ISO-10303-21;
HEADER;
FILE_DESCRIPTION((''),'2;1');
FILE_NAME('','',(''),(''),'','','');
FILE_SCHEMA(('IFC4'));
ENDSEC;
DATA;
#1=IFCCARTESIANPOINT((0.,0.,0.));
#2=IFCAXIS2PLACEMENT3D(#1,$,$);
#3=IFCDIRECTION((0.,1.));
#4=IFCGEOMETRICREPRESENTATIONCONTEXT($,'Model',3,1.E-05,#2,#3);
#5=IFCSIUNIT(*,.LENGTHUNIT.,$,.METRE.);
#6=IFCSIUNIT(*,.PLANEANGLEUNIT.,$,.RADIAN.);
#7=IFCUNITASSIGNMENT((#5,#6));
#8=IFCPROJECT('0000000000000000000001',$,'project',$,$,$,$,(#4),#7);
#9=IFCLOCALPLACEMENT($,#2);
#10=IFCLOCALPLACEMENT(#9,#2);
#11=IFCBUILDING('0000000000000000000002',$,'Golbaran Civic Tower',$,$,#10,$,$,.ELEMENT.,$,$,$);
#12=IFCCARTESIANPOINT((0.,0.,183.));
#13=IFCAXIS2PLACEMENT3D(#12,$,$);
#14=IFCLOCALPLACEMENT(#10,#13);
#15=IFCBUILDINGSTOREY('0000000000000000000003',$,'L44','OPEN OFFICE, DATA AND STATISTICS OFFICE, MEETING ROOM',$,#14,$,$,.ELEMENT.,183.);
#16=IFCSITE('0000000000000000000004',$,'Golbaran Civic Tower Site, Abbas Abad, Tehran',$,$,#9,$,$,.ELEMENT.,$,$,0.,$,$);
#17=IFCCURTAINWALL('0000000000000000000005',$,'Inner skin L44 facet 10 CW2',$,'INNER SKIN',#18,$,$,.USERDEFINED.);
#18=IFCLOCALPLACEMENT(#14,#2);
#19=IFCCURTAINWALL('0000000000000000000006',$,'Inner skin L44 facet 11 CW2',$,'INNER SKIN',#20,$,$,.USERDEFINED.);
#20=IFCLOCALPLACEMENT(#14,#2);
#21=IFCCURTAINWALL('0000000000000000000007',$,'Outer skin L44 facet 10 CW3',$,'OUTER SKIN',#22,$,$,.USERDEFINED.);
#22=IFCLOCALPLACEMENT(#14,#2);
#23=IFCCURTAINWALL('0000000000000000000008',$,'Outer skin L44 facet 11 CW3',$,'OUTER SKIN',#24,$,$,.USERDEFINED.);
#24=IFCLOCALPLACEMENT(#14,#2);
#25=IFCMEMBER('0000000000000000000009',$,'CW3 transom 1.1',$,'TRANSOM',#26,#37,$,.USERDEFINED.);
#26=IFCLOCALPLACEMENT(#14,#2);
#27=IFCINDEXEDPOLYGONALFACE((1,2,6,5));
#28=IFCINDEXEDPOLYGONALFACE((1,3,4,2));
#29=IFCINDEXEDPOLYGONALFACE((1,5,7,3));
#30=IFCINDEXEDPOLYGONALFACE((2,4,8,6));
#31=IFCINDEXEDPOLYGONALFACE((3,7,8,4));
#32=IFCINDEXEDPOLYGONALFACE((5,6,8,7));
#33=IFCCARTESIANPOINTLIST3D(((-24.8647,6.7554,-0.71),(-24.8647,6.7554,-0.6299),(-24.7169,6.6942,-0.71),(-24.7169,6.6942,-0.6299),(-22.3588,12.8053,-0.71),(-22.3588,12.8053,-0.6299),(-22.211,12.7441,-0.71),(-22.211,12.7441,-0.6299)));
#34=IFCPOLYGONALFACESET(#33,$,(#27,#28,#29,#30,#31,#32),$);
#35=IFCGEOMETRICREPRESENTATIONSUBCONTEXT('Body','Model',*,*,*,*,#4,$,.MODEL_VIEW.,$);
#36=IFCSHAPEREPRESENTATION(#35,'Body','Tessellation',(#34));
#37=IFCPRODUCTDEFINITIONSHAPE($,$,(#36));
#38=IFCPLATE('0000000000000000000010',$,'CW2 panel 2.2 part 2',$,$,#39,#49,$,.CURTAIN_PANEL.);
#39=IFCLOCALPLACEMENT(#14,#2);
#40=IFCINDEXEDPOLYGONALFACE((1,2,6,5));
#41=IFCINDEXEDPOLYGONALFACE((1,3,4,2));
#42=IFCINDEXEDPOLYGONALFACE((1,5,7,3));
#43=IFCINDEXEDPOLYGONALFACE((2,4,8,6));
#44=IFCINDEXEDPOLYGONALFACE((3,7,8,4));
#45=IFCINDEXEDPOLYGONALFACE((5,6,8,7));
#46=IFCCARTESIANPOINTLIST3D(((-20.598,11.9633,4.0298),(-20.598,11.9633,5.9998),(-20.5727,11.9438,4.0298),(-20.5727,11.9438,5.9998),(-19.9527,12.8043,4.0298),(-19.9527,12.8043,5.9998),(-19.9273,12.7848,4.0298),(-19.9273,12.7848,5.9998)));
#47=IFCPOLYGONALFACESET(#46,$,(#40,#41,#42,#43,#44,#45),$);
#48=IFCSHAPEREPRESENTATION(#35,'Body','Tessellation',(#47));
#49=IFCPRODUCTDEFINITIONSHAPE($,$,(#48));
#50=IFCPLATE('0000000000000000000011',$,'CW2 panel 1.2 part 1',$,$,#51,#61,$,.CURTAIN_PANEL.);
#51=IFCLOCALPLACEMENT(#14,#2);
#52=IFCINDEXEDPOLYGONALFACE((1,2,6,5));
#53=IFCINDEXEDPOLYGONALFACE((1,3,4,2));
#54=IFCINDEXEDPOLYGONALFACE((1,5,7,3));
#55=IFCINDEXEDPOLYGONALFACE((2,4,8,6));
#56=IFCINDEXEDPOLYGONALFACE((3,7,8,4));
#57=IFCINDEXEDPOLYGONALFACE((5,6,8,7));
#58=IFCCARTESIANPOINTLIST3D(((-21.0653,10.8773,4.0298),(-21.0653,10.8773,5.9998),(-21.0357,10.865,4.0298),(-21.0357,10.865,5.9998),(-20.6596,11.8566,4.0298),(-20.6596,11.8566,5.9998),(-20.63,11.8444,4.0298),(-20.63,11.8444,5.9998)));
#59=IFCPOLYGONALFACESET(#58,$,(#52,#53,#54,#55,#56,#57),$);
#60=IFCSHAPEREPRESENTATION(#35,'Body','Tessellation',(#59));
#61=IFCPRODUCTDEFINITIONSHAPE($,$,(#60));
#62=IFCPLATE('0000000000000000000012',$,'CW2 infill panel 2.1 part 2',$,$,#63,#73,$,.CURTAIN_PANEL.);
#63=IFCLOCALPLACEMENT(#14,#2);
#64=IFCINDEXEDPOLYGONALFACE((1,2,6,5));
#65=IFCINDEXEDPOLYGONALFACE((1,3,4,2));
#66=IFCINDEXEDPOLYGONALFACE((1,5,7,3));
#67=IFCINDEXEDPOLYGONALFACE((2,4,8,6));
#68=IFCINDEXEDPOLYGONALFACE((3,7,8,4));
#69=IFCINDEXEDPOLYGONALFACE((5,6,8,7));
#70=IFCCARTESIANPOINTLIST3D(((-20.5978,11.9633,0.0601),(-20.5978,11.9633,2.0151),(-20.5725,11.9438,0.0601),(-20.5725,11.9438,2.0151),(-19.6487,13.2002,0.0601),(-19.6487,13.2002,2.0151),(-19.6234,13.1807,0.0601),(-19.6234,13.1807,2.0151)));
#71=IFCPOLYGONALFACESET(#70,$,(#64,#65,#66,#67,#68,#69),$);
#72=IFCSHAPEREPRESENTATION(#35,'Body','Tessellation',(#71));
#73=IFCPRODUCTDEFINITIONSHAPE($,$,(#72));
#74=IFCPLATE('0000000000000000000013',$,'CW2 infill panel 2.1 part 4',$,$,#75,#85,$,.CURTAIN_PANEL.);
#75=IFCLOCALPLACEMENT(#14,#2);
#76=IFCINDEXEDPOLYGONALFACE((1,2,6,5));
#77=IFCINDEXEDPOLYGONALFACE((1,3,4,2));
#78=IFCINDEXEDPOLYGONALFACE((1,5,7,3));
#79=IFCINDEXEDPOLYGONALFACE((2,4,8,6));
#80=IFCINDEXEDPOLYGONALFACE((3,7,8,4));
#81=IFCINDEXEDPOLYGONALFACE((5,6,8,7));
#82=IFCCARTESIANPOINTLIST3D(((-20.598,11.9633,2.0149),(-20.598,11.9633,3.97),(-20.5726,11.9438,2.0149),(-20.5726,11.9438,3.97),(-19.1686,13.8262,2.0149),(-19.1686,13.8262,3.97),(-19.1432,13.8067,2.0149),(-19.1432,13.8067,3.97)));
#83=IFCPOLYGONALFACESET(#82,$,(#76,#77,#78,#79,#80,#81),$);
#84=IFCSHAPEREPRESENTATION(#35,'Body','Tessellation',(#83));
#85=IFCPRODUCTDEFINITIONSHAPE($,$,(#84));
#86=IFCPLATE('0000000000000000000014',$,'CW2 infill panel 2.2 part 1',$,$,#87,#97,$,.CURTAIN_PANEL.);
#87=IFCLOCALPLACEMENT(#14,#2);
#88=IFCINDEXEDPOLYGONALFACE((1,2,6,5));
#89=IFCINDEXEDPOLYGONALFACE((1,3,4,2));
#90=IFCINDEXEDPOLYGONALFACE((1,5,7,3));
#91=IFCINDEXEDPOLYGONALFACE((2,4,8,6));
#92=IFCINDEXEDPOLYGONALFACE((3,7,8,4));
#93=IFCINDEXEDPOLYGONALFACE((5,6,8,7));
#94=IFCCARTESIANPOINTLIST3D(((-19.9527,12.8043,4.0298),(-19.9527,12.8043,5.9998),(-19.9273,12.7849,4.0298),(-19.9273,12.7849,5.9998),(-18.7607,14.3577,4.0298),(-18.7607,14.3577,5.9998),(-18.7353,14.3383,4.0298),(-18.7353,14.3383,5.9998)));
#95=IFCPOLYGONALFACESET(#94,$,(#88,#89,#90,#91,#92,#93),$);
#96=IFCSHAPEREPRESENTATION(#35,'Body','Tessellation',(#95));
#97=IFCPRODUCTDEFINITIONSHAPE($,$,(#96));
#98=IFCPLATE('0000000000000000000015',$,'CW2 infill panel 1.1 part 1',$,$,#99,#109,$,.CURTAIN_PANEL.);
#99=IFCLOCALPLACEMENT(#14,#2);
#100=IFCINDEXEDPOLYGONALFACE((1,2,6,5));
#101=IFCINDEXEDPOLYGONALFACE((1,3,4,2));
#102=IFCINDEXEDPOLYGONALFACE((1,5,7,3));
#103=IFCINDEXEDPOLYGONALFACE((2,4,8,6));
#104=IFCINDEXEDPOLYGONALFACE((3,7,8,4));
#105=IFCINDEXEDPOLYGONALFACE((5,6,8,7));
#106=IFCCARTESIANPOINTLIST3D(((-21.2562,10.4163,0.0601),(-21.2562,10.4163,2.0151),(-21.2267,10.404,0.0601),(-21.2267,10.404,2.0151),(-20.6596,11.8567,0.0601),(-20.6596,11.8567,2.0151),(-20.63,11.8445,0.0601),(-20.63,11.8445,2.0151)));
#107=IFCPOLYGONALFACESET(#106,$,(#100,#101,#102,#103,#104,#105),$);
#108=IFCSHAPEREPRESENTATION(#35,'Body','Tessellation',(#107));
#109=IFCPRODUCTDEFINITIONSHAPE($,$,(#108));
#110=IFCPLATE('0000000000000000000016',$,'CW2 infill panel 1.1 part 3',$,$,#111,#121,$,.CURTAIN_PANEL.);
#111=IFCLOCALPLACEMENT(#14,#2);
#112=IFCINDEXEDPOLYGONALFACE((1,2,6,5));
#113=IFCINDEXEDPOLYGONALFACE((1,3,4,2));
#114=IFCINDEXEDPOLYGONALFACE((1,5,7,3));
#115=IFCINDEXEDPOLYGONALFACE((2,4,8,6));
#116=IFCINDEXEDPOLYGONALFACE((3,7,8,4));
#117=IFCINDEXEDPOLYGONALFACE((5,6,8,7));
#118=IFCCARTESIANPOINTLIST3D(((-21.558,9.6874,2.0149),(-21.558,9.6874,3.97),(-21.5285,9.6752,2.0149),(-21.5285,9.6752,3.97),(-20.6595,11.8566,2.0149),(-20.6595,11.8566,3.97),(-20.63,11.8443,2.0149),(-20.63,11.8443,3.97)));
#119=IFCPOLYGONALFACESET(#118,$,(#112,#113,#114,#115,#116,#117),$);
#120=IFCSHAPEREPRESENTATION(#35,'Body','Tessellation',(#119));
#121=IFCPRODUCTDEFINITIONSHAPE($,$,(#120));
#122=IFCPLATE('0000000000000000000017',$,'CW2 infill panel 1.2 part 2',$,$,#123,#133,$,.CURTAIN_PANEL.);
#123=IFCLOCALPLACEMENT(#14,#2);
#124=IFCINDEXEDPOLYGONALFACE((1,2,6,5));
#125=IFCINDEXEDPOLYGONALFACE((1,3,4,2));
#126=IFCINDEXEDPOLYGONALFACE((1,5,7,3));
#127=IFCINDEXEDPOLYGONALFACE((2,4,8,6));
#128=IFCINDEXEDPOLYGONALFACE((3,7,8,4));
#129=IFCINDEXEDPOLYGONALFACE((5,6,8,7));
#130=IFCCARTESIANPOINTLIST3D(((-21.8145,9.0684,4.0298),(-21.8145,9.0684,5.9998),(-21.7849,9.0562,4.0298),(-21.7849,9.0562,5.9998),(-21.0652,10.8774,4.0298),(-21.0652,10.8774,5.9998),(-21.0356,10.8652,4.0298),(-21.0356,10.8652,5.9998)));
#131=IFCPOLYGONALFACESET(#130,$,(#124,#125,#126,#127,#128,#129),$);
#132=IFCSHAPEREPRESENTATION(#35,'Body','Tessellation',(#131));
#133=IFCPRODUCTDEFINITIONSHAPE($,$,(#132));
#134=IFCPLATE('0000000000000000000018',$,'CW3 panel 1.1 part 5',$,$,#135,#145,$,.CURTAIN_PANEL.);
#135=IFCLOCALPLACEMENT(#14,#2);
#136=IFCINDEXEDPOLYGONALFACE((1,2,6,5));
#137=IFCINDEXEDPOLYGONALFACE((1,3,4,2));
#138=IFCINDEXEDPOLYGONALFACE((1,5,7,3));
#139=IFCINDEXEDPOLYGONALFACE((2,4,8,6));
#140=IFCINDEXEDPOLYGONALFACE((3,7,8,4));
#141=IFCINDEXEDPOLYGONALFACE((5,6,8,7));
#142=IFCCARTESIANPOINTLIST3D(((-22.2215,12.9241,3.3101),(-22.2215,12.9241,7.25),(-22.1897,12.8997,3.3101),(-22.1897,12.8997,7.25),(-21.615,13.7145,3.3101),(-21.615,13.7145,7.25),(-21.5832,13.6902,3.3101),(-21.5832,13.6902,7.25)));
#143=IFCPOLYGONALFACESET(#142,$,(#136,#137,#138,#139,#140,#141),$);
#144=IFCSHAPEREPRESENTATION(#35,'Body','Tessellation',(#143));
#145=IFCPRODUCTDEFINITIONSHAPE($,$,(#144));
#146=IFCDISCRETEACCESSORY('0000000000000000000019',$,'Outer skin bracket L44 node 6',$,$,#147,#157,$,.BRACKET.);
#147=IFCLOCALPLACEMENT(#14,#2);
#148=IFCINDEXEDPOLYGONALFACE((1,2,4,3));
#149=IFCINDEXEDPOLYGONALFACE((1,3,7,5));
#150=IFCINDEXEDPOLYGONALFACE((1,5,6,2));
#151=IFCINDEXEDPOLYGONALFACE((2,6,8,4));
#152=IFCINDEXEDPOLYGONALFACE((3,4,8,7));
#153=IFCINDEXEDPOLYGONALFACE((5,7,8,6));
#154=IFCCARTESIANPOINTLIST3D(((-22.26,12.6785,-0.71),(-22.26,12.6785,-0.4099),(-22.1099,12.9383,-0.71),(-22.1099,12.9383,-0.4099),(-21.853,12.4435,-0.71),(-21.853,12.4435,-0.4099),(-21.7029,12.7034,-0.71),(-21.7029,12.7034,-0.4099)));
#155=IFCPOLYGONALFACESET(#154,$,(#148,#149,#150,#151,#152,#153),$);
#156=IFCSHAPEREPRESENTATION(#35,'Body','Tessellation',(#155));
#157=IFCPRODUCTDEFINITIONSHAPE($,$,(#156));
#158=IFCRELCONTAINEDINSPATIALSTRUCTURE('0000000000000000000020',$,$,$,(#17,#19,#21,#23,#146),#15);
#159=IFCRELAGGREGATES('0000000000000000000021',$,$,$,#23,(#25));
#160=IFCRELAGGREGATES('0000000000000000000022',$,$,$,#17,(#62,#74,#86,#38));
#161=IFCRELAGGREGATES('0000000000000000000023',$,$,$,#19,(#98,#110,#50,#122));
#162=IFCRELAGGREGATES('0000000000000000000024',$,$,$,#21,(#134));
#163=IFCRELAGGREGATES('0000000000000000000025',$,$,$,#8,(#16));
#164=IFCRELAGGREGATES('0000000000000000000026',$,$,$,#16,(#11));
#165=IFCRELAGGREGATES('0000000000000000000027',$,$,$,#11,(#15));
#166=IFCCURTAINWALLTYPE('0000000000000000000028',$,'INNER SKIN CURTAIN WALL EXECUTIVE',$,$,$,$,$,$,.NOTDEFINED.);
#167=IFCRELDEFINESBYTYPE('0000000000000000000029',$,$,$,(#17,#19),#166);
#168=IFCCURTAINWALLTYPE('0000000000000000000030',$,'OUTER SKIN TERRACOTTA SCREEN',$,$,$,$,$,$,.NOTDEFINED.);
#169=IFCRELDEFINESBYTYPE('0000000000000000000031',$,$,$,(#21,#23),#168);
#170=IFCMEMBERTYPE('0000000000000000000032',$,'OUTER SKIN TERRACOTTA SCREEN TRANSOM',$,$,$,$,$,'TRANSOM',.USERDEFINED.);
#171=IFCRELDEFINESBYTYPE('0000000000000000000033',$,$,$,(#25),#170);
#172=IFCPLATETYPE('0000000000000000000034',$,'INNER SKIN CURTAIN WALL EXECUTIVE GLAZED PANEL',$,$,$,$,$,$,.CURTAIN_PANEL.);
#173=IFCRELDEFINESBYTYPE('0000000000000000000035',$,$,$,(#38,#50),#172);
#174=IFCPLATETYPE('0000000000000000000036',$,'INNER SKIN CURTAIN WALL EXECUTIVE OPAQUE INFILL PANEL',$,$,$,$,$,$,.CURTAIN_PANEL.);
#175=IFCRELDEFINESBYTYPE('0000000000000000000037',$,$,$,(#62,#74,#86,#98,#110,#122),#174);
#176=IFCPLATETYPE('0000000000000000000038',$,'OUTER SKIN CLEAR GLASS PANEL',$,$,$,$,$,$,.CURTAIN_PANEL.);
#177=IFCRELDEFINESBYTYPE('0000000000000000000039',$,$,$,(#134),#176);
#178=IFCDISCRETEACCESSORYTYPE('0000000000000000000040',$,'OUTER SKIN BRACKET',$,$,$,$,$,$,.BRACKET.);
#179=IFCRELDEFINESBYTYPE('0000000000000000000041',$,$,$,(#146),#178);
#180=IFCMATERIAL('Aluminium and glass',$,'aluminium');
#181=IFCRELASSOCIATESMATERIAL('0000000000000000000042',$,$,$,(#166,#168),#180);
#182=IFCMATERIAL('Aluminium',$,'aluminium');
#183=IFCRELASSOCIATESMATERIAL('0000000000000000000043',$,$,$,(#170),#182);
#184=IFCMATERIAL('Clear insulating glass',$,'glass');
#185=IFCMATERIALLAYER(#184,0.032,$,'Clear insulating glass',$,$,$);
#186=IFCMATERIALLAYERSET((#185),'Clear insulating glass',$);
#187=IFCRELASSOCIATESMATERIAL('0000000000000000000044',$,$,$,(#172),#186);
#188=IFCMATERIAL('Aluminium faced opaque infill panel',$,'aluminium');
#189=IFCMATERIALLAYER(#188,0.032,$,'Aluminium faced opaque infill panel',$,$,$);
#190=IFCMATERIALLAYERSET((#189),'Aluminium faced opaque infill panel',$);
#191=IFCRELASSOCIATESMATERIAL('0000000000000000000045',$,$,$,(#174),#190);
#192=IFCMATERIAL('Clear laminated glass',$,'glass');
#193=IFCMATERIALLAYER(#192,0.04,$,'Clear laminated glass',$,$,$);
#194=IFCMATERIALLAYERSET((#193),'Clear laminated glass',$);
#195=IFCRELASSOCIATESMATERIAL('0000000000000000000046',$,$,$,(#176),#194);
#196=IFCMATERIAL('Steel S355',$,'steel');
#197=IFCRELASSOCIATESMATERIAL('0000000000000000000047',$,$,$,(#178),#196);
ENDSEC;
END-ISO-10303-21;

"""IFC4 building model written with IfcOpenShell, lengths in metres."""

from ifc_helpers import new_model, si_unit, direction, frame, origin, origin_2d, place, context, subcontext, project, spatial, rectangle, extrude, material, layer, layer_set, material_profile, profile_set, type_object, element, aggregate, save


model = new_model("IFC4")

# Units and contexts
model_context = context("Model", 3, precision=1e-05, world=origin(), true_north=direction((0.0, 1.0)))
body_context = subcontext(model_context, "Body", "Model", "MODEL_VIEW")
ifc_project = project(units=[si_unit("LENGTHUNIT", "METRE"), si_unit("PLANEANGLEUNIT", "RADIAN")], contexts=[model_context])

# Site, building, storey
site_placement = place(None, origin())
site = spatial("IfcSite", under=ifc_project, at=site_placement, Name="Golbaran Civic Tower Site, Abbas Abad, Tehran", CompositionType="ELEMENT", RefElevation=0.0)
building_placement = place(site_placement, origin())
building = spatial("IfcBuilding", under=site, at=building_placement, Name="Golbaran Civic Tower", CompositionType="ELEMENT")
storey_placement = place(building_placement, frame((0.0, 0.0, 183.0)))
storey = spatial("IfcBuildingStorey", under=building, at=storey_placement, Name="L44", Description="OPEN OFFICE, DATA AND STATISTICS OFFICE, MEETING ROOM", CompositionType="ELEMENT", Elevation=183.0)

# Shared definitions
ifc_material_1 = material(Name="Steel S355", Category="steel")

# Curtain wall
ifc_material_2 = material(Name="Aluminium and glass", Category="aluminium")
curtain_wall_type_1 = type_object("IfcCurtainWallType", Name="INNER SKIN CURTAIN WALL EXECUTIVE", PredefinedType="NOTDEFINED", material=ifc_material_2)
curtain_wall_1_placement = place(storey_placement, origin())
curtain_wall_1 = element("IfcCurtainWall", 1, at=curtain_wall_1_placement, inside=storey, type_object=curtain_wall_type_1, Name="Inner skin L44 facet 10 CW2", ObjectType="INNER SKIN", PredefinedType="USERDEFINED")
ifc_material_3 = material(Name="Aluminium", Category="aluminium")

# Curtain wall
curtain_wall_2_placement = place(storey_placement, origin())
curtain_wall_2 = element("IfcCurtainWall", 2, at=curtain_wall_2_placement, inside=storey, type_object=curtain_wall_type_1, Name="Inner skin L44 facet 11 CW2", ObjectType="INNER SKIN", PredefinedType="USERDEFINED")

# Curtain wall
curtain_wall_type_2 = type_object("IfcCurtainWallType", Name="OUTER SKIN TERRACOTTA SCREEN", PredefinedType="NOTDEFINED", material=ifc_material_2)
curtain_wall_3_placement = place(storey_placement, origin())
curtain_wall_3 = element("IfcCurtainWall", 3, at=curtain_wall_3_placement, inside=storey, type_object=curtain_wall_type_2, Name="Outer skin L44 facet 10 CW3", ObjectType="OUTER SKIN", PredefinedType="USERDEFINED")

# Curtain wall, member
curtain_wall_4_placement = place(storey_placement, origin())
curtain_wall_4 = element("IfcCurtainWall", 4, at=curtain_wall_4_placement, inside=storey, type_object=curtain_wall_type_2, Name="Outer skin L44 facet 11 CW3", ObjectType="OUTER SKIN", PredefinedType="USERDEFINED")
ifc_material_profile_1 = material_profile(ifc_material_3, rectangle(XDim=0.1599, YDim=0.0801, at=origin_2d()), Name="OUTER SKIN TERRACOTTA SCREEN TRANSOM")
ifc_profile_set_1 = profile_set([ifc_material_profile_1], Name="Aluminium")
member_type_1 = type_object("IfcMemberType", Name="OUTER SKIN TERRACOTTA SCREEN TRANSOM", ElementType="TRANSOM", PredefinedType="USERDEFINED", material=ifc_profile_set_1)
member_1_placement = place(storey_placement, frame((-22.2849, 12.7747, -0.6699), z_axis=(-0.382677, -0.923882, 0.0), x_axis=(0.923882, -0.382677, 0.0)))
member_1 = element("IfcMember", 5, at=member_1_placement, type_object=member_type_1, Name="CW3 transom 1.1", ObjectType="TRANSOM", PredefinedType="USERDEFINED", context=body_context, shape_type="SweptSolid", body=[
    extrude(rectangle(XDim=0.1599, YDim=0.0801, at=origin_2d()), origin(), (0.0, 0.0, 1.0), 6.5483),
])
aggregate(curtain_wall_4, [member_1])

# Plates
ifc_material_4 = material(Name="Clear insulating glass", Category="glass")
ifc_layer_1 = layer(ifc_material_4, 0.032, Name="Clear insulating glass")
ifc_layer_set_1 = layer_set([ifc_layer_1], Name="Clear insulating glass")
plate_type_1 = type_object("IfcPlateType", Name="INNER SKIN CURTAIN WALL EXECUTIVE GLAZED PANEL", PredefinedType="CURTAIN_PANEL", material=ifc_layer_set_1)
plate_1_placement = place(storey_placement, frame((-20.2627, 12.374, 4.0298), z_axis=(0.0, 0.0, 1.0), x_axis=(-0.608761, -0.793353, 0.0)))
plate_1 = element("IfcPlate", 6, at=plate_1_placement, type_object=plate_type_1, Name="CW2 panel 2.2 part 2", PredefinedType="CURTAIN_PANEL", context=body_context, shape_type="SweptSolid", body=[
    extrude(rectangle(XDim=1.0601, YDim=0.032, at=origin_2d()), origin(), (0.0, 0.0, 1.0), 1.97),
])
plate_2_placement = place(storey_placement, frame((-20.8477, 11.3608, 4.0298), z_axis=(0.0, 0.0, 1.0), x_axis=(-0.382683, -0.92388, 0.0)))
plate_2 = element("IfcPlate", 7, at=plate_2_placement, type_object=plate_type_1, Name="CW2 panel 1.2 part 1", PredefinedType="CURTAIN_PANEL", context=body_context, shape_type="SweptSolid", body=[
    extrude(rectangle(XDim=1.0601, YDim=0.032, at=origin_2d()), origin(), (0.0, 0.0, 1.0), 1.97),
])
ifc_material_5 = material(Name="Aluminium faced opaque infill panel", Category="aluminium")
ifc_layer_2 = layer(ifc_material_5, 0.032, Name="Aluminium faced opaque infill panel")
ifc_layer_set_2 = layer_set([ifc_layer_2], Name="Aluminium faced opaque infill panel")
plate_type_2 = type_object("IfcPlateType", Name="INNER SKIN CURTAIN WALL EXECUTIVE OPAQUE INFILL PANEL", PredefinedType="CURTAIN_PANEL", material=ifc_layer_set_2)
plate_3_placement = place(storey_placement, frame((-20.1106, 12.572, 0.0601), z_axis=(0.0, 0.0, 1.0), x_axis=(-0.608761, -0.793353, 0.0)))
plate_3 = element("IfcPlate", 8, at=plate_3_placement, type_object=plate_type_2, Name="CW2 infill panel 2.1 part 2", PredefinedType="CURTAIN_PANEL", context=body_context, shape_type="SweptSolid", body=[
    extrude(rectangle(XDim=1.5591, YDim=0.032, at=origin_2d()), origin(), (0.0, 0.0, 1.0), 1.9551),
])
plate_4_placement = place(storey_placement, frame((-19.8706, 12.885, 2.0149), z_axis=(0.0, 0.0, 1.0), x_axis=(-0.608761, -0.793353, 0.0)))
plate_4 = element("IfcPlate", 9, at=plate_4_placement, type_object=plate_type_2, Name="CW2 infill panel 2.1 part 4", PredefinedType="CURTAIN_PANEL", context=body_context, shape_type="SweptSolid", body=[
    extrude(rectangle(XDim=2.3481, YDim=0.032, at=origin_2d()), origin(), (0.0, 0.0, 1.0), 1.9551),
])
plate_5_placement = place(storey_placement, frame((-19.344, 13.5713, 4.0298), z_axis=(0.0, 0.0, 1.0), x_axis=(-0.608761, -0.793353, 0.0)))
plate_5 = element("IfcPlate", 10, at=plate_5_placement, type_object=plate_type_2, Name="CW2 infill panel 2.2 part 1", PredefinedType="CURTAIN_PANEL", context=body_context, shape_type="SweptSolid", body=[
    extrude(rectangle(XDim=1.958, YDim=0.032, at=origin_2d()), origin(), (0.0, 0.0, 1.0), 1.97),
])
aggregate(curtain_wall_1, [plate_3, plate_4, plate_5, plate_1])
plate_6_placement = place(storey_placement, frame((-20.9431, 11.1304, 0.0601), z_axis=(0.0, 0.0, 1.0), x_axis=(-0.382683, -0.92388, 0.0)))
plate_6 = element("IfcPlate", 11, at=plate_6_placement, type_object=plate_type_2, Name="CW2 infill panel 1.1 part 1", PredefinedType="CURTAIN_PANEL", context=body_context, shape_type="SweptSolid", body=[
    extrude(rectangle(XDim=1.5591, YDim=0.032, at=origin_2d()), origin(), (0.0, 0.0, 1.0), 1.9551),
])
plate_7_placement = place(storey_placement, frame((-21.094, 10.7659, 2.0149), z_axis=(0.0, 0.0, 1.0), x_axis=(-0.382683, -0.92388, 0.0)))
plate_7 = element("IfcPlate", 12, at=plate_7_placement, type_object=plate_type_2, Name="CW2 infill panel 1.1 part 3", PredefinedType="CURTAIN_PANEL", context=body_context, shape_type="SweptSolid", body=[
    extrude(rectangle(XDim=2.3479, YDim=0.032, at=origin_2d()), origin(), (0.0, 0.0, 1.0), 1.9551),
])
plate_8_placement = place(storey_placement, frame((-21.425, 9.9668, 4.0298), z_axis=(0.0, 0.0, 1.0), x_axis=(-0.382683, -0.92388, 0.0)))
plate_8 = element("IfcPlate", 13, at=plate_8_placement, type_object=plate_type_2, Name="CW2 infill panel 1.2 part 2", PredefinedType="CURTAIN_PANEL", context=body_context, shape_type="SweptSolid", body=[
    extrude(rectangle(XDim=1.958, YDim=0.032, at=origin_2d()), origin(), (0.0, 0.0, 1.0), 1.97),
])
aggregate(curtain_wall_2, [plate_6, plate_7, plate_2, plate_8])
ifc_material_6 = material(Name="Clear laminated glass", Category="glass")
ifc_layer_3 = layer(ifc_material_6, 0.04, Name="Clear laminated glass")
ifc_layer_set_3 = layer_set([ifc_layer_3], Name="Clear laminated glass")
plate_type_3 = type_object("IfcPlateType", Name="OUTER SKIN CLEAR GLASS PANEL", PredefinedType="CURTAIN_PANEL", material=ifc_layer_set_3)
plate_9_placement = place(storey_placement, frame((-21.9023, 13.3071, 3.3101), z_axis=(0.0, 0.0, 1.0), x_axis=(-0.608761, -0.793353, 0.0)))
plate_9 = element("IfcPlate", 14, at=plate_9_placement, type_object=plate_type_3, Name="CW3 panel 1.1 part 5", PredefinedType="CURTAIN_PANEL", context=body_context, shape_type="SweptSolid", body=[
    extrude(rectangle(XDim=0.9963, YDim=0.04, at=origin_2d()), origin(), (0.0, 0.0, 1.0), 3.9399),
])
aggregate(curtain_wall_3, [plate_9])

# Discrete accessory
discrete_accessory_type = type_object("IfcDiscreteAccessoryType", Name="OUTER SKIN BRACKET", PredefinedType="BRACKET", material=ifc_material_1)
discrete_accessory_placement = place(storey_placement, frame((-21.9814, 12.6909, -0.71), z_axis=(0.0, 0.0, 1.0), x_axis=(-0.866025, 0.5, 0.0)))
element("IfcDiscreteAccessory", 15, at=discrete_accessory_placement, inside=storey, type_object=discrete_accessory_type, Name="Outer skin bracket L44 node 6", PredefinedType="BRACKET", context=body_context, shape_type="SweptSolid", body=[
    extrude(rectangle(XDim=0.47, YDim=0.3, at=origin_2d()), origin(), (0.0, 0.0, 1.0), 0.3),
])

save(model, "model.ifc")
